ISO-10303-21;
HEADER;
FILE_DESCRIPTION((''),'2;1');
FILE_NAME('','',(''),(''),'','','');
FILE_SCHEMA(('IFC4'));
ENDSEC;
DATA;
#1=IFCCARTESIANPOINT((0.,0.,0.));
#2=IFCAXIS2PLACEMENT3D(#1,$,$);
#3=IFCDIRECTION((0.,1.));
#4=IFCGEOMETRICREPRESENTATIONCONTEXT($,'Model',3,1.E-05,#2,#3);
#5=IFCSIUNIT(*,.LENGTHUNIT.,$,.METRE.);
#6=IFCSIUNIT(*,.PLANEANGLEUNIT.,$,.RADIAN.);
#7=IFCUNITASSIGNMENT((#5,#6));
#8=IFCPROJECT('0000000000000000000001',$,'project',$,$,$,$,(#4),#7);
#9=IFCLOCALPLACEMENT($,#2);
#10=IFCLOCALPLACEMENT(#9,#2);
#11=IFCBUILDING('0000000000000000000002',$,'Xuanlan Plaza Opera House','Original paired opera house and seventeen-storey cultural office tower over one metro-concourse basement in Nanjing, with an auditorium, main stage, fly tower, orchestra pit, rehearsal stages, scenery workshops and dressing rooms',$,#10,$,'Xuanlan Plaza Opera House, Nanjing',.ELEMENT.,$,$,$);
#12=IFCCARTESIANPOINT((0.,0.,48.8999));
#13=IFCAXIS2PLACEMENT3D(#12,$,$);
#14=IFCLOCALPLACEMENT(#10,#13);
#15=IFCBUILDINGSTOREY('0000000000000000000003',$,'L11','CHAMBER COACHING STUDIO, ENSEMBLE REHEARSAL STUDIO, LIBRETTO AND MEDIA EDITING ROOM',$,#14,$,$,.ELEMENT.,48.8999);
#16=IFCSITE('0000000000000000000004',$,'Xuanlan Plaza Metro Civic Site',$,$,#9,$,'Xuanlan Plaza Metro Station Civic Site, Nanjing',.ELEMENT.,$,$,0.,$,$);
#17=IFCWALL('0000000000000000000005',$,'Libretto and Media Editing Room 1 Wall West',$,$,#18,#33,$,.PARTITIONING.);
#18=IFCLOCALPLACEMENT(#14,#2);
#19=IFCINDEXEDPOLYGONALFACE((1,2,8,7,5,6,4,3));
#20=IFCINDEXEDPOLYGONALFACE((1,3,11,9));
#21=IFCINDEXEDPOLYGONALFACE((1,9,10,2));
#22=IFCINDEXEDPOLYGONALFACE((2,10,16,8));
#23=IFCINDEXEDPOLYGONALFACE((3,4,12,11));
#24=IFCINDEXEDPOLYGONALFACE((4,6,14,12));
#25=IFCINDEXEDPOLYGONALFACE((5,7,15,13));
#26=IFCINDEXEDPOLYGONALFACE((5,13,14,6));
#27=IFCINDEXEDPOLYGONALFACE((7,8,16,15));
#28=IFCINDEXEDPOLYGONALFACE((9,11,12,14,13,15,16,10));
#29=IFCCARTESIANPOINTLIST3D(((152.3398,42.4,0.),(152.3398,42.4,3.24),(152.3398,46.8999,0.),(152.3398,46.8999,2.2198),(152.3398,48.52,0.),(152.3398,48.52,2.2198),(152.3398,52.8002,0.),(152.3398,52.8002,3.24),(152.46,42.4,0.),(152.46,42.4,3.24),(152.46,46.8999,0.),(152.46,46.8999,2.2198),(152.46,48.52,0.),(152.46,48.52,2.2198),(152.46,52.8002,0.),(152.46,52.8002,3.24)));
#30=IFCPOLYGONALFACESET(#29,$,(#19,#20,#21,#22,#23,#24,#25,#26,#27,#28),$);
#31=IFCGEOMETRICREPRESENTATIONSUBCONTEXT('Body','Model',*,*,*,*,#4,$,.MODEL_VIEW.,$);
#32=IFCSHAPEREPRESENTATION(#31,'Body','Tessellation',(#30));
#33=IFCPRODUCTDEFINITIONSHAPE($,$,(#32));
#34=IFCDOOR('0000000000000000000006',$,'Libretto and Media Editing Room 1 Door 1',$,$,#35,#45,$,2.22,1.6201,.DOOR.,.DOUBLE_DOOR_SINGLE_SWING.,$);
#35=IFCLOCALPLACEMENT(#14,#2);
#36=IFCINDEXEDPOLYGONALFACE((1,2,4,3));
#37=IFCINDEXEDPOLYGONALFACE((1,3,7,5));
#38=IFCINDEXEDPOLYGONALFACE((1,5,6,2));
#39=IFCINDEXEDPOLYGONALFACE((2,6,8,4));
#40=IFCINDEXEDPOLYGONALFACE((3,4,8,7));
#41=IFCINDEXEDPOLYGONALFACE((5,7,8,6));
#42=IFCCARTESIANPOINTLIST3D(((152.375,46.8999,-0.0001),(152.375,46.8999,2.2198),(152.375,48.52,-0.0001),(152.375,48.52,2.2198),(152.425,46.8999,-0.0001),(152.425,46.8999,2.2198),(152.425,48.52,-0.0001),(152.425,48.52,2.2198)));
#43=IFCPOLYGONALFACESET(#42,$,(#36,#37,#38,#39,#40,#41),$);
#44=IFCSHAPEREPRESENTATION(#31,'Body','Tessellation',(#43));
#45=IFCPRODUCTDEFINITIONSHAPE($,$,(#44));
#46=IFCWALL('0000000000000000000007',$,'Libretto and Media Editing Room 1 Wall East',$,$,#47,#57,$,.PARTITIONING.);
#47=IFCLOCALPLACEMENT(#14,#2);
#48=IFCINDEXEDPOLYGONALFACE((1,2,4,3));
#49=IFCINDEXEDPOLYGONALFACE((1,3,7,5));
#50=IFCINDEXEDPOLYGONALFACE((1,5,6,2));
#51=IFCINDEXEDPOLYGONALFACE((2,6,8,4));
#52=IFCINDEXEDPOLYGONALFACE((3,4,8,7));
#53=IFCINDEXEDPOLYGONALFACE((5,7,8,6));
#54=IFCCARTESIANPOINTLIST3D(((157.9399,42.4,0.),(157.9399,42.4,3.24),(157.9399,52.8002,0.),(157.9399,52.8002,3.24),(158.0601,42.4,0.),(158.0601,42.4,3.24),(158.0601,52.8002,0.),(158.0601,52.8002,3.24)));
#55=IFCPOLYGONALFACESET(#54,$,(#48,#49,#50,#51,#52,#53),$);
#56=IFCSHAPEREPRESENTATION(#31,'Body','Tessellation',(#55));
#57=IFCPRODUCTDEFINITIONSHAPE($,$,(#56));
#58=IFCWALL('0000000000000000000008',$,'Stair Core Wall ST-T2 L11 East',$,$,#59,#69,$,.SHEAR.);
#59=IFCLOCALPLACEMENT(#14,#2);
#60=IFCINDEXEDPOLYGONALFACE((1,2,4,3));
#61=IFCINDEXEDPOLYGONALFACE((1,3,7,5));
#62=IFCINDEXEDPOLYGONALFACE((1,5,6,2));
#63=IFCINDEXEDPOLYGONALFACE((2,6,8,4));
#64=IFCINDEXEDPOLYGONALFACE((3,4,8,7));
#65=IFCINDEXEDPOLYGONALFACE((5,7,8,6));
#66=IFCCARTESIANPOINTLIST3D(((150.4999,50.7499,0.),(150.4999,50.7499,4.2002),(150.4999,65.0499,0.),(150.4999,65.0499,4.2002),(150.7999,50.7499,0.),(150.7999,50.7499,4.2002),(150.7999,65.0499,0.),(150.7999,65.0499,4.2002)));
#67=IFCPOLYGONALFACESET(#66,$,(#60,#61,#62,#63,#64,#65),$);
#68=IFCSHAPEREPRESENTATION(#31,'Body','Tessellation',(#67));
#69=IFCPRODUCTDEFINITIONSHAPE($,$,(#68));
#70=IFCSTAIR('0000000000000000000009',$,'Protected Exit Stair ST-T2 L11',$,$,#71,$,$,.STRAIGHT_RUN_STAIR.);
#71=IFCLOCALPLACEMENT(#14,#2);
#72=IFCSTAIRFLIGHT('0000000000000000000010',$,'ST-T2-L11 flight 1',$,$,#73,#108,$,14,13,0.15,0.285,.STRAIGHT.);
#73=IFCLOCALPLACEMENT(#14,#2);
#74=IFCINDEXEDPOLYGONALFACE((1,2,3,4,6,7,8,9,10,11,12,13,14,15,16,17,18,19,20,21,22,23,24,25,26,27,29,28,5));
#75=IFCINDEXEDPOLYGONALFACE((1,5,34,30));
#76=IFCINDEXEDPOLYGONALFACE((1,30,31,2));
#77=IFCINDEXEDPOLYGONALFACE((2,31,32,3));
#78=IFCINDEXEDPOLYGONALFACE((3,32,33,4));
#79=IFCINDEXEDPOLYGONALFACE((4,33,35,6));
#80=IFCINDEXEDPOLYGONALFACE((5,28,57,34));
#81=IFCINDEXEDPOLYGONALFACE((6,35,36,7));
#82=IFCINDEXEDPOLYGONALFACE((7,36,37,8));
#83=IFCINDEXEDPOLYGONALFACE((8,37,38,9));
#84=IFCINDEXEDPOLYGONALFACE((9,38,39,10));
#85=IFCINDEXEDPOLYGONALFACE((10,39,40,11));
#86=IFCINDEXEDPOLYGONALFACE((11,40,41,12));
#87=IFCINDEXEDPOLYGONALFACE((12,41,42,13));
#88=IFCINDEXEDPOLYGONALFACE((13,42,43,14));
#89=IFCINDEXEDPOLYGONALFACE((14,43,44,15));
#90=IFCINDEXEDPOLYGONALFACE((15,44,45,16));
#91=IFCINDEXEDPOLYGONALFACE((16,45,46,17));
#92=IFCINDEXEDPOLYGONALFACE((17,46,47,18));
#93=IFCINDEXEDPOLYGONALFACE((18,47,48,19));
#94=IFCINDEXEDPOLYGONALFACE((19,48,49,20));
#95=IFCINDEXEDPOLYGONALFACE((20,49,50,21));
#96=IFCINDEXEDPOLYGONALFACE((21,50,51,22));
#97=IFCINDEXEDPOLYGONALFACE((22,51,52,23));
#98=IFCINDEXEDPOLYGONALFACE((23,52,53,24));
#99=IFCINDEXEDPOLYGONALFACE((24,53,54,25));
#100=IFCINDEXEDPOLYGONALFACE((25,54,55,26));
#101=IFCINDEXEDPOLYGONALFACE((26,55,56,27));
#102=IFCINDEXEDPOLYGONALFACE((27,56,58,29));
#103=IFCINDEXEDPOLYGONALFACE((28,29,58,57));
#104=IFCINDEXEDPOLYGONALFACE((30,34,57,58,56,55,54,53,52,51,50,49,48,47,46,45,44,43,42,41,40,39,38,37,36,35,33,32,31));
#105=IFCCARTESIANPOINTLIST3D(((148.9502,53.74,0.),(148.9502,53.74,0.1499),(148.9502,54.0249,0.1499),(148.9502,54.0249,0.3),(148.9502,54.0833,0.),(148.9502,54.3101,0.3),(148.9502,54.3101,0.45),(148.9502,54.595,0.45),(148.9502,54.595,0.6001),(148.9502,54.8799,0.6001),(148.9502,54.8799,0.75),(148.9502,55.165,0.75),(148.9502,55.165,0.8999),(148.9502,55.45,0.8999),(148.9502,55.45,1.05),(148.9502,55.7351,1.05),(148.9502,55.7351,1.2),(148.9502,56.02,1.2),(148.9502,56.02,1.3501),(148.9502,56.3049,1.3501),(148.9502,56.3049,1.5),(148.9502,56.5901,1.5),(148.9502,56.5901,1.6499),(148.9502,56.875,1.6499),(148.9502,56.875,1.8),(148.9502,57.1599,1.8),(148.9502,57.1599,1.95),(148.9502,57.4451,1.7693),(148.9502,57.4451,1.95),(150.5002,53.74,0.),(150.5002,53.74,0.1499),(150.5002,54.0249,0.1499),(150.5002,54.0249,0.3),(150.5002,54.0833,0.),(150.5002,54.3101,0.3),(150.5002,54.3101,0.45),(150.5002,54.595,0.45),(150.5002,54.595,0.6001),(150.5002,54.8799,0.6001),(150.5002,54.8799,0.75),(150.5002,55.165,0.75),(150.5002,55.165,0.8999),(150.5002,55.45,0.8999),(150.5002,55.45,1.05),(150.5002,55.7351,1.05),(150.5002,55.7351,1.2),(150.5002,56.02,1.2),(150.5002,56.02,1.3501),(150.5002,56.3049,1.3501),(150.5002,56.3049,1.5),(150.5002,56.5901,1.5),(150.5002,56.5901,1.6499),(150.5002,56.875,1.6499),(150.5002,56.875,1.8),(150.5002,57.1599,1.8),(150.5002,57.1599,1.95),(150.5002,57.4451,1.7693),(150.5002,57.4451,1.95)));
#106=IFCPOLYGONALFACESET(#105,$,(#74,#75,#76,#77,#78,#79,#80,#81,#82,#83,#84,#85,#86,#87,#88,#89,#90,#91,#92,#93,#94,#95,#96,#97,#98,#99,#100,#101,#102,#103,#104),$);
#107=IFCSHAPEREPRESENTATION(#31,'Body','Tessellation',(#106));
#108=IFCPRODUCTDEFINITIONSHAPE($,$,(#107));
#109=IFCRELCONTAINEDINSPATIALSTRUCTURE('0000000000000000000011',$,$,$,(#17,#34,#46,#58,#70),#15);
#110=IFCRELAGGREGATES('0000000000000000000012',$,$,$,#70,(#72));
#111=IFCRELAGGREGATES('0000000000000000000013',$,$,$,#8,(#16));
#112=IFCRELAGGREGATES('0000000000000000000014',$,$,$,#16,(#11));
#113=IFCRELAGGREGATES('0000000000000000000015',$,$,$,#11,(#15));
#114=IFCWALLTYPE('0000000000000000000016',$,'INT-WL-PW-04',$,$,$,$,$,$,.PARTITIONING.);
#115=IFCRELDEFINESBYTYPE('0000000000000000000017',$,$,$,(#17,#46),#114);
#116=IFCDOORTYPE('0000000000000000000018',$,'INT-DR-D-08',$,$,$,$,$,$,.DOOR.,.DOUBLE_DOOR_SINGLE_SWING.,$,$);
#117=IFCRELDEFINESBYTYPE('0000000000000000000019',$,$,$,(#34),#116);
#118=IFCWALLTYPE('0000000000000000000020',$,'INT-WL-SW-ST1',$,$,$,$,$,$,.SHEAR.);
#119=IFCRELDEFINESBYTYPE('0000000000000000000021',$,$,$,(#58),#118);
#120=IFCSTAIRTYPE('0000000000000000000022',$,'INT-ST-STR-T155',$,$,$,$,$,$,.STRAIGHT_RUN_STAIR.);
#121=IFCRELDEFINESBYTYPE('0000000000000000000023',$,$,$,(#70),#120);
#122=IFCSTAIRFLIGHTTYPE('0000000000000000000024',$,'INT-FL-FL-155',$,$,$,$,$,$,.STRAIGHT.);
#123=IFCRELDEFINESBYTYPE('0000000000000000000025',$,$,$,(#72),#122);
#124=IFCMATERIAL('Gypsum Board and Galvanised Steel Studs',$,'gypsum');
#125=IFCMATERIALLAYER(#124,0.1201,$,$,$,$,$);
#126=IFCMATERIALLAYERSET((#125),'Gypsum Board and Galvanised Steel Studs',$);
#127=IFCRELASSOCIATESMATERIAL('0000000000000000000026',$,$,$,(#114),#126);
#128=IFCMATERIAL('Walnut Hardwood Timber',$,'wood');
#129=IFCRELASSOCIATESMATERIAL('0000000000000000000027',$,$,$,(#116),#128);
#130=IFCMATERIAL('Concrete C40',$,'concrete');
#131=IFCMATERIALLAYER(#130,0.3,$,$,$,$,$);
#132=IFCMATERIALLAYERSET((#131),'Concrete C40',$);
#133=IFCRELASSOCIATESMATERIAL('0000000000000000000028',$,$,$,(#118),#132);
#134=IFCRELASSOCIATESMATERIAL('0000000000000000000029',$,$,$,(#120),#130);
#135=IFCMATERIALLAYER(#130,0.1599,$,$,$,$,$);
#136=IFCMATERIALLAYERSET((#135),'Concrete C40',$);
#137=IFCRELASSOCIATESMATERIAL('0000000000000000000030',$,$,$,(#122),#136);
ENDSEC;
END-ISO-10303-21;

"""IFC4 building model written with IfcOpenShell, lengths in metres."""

from ifc_helpers import new_model, si_unit, direction, frame, frame_2d, origin, place, context, subcontext, project, spatial, polyline, rectangle, outline, extrude, material, layer, layer_set, type_object, element, fill, aggregate, save


model = new_model("IFC4")

# Units and contexts
model_context = context("Model", 3, precision=1e-05, world=origin(), true_north=direction((0.0, 1.0)))
body_context = subcontext(model_context, "Body", "Model", "MODEL_VIEW")
ifc_project = project(units=[si_unit("LENGTHUNIT", "METRE"), si_unit("PLANEANGLEUNIT", "RADIAN")], contexts=[model_context])

# Site, building, storey
site_placement = place(None, origin())
site = spatial("IfcSite", under=ifc_project, at=site_placement, Name="Xuanlan Plaza Metro Civic Site", LongName="Xuanlan Plaza Metro Station Civic Site, Nanjing", CompositionType="ELEMENT", RefElevation=0.0)
building_placement = place(site_placement, origin())
building = spatial("IfcBuilding", under=site, at=building_placement, Name="Xuanlan Plaza Opera House", Description="Original paired opera house and seventeen-storey cultural office tower over one metro-concourse basement in Nanjing, with an auditorium, main stage, fly tower, orchestra pit, rehearsal stages, scenery workshops and dressing rooms", LongName="Xuanlan Plaza Opera House, Nanjing", CompositionType="ELEMENT")
storey_placement = place(building_placement, frame((0.0, 0.0, 48.8999)))
storey = spatial("IfcBuildingStorey", under=building, at=storey_placement, Name="L11", Description="CHAMBER COACHING STUDIO, ENSEMBLE REHEARSAL STUDIO, LIBRETTO AND MEDIA EDITING ROOM", CompositionType="ELEMENT", Elevation=48.8999)

# Shared definitions
ifc_material_1 = material(Name="Concrete C40", Category="concrete")

# Shared definitions
ifc_material_2 = material(Name="Gypsum Board and Galvanised Steel Studs", Category="gypsum")

# Shared definitions
ifc_layer_1 = layer(ifc_material_2, 0.1201)
ifc_layer_set_1 = layer_set([ifc_layer_1], Name="Gypsum Board and Galvanised Steel Studs")
wall_type_1 = type_object("IfcWallType", Name="INT-WL-PW-04", PredefinedType="PARTITIONING", material=ifc_layer_set_1)

# Wall, opening, door
wall_1_placement = place(storey_placement, frame((152.3999, 42.3999, 0.0), z_axis=(0.0, 0.0, 1.0), x_axis=(0.0, 1.0, 0.0)))
wall_1 = element("IfcWall", 1, at=wall_1_placement, inside=storey, type_object=wall_type_1, Name="Libretto and Media Editing Room 1 Wall West", PredefinedType="PARTITIONING", context=body_context, shape_type="SweptSolid", body=[
    extrude(rectangle(XDim=10.4001, YDim=0.1201, at=frame_2d((5.2002, 0.0))), origin(), (0.0, 0.0, 1.0), 3.24),
])
opening_1_placement = place(wall_1_placement, frame((4.5, 0.0, 0.0)))
opening_1 = element("IfcOpeningElement", 2, at=opening_1_placement, cuts=wall_1, PredefinedType="OPENING", context=body_context, shape_type="SweptSolid", body=[
    extrude(rectangle(XDim=1.6201, YDim=2.22, at=frame_2d((0.8101, 1.1099))), frame((0.0, 0.0701, 0.0), z_axis=(0.0, -1.0, 0.0), x_axis=(1.0, 0.0, 0.0)), (0.0, 0.0, 1.0), 0.1401),
])
ifc_material_3 = material(Name="Walnut Hardwood Timber", Category="wood")
door_type_1 = type_object("IfcDoorType", Name="INT-DR-D-08", OperationType="DOUBLE_DOOR_SINGLE_SWING", PredefinedType="DOOR", material=ifc_material_3)
door_1_placement = place(opening_1_placement, origin())
door_1 = element("IfcDoor", 3, at=door_1_placement, inside=storey, type_object=door_type_1, Name="Libretto and Media Editing Room 1 Door 1", OperationType="DOUBLE_DOOR_SINGLE_SWING", OverallHeight=2.22, OverallWidth=1.6201, PredefinedType="DOOR", context=body_context, shape_type="SweptSolid", body=[
    extrude(rectangle(XDim=1.6201, YDim=2.22, at=frame_2d((0.8101, 1.1099))), frame((0.0, 0.0249, 0.0), z_axis=(0.0, -1.0, 0.0), x_axis=(1.0, 0.0, 0.0)), (0.0, 0.0, 1.0), 0.05),
])
fill(opening_1, door_1)

# Walls
wall_2_placement = place(storey_placement, frame((158.0, 42.3999, 0.0), z_axis=(0.0, 0.0, 1.0), x_axis=(0.0, 1.0, 0.0)))
element("IfcWall", 4, at=wall_2_placement, inside=storey, type_object=wall_type_1, Name="Libretto and Media Editing Room 1 Wall East", PredefinedType="PARTITIONING", context=body_context, shape_type="SweptSolid", body=[
    extrude(rectangle(XDim=10.4001, YDim=0.1201, at=frame_2d((5.2002, 0.0))), origin(), (0.0, 0.0, 1.0), 3.24),
])
ifc_layer_2 = layer(ifc_material_1, 0.3)
ifc_layer_set_2 = layer_set([ifc_layer_2], Name="Concrete C40")
wall_type_2 = type_object("IfcWallType", Name="INT-WL-SW-ST1", PredefinedType="SHEAR", material=ifc_layer_set_2)
wall_3_placement = place(storey_placement, frame((150.6499, 50.75, 0.0), z_axis=(0.0, 0.0, 1.0), x_axis=(0.0, 1.0, 0.0)))
element("IfcWall", 5, at=wall_3_placement, inside=storey, type_object=wall_type_2, Name="Stair Core Wall ST-T2 L11 East", PredefinedType="SHEAR", context=body_context, shape_type="SweptSolid", body=[
    extrude(rectangle(XDim=14.3, YDim=0.3, at=frame_2d((7.1499, 0.0))), origin(), (0.0, 0.0, 1.0), 4.2002),
])

# Stair, stair flight
stair_type = type_object("IfcStairType", Name="INT-ST-STR-T155", PredefinedType="STRAIGHT_RUN_STAIR", material=ifc_material_1)
stair_placement = place(storey_placement, origin())
stair = element("IfcStair", 6, at=stair_placement, inside=storey, type_object=stair_type, Name="Protected Exit Stair ST-T2 L11", PredefinedType="STRAIGHT_RUN_STAIR")
ifc_layer_3 = layer(ifc_material_1, 0.1599)
ifc_layer_set_3 = layer_set([ifc_layer_3], Name="Concrete C40")
stair_flight_type = type_object("IfcStairFlightType", Name="INT-FL-FL-155", PredefinedType="STRAIGHT", material=ifc_layer_set_3)
stair_flight_placement = place(storey_placement, frame((149.7251, 53.74, 0.0), z_axis=(0.0, 0.0, 1.0), x_axis=(0.0, 1.0, 0.0)))
stair_flight = element("IfcStairFlight", 7, at=stair_flight_placement, type_object=stair_flight_type, Name="ST-T2-L11 flight 1", NumberOfRisers=14, NumberOfTreads=13, PredefinedType="STRAIGHT", RiserHeight=0.15, TreadLength=0.285, context=body_context, shape_type="SweptSolid", body=[
    extrude(outline(polyline([(0.0, 0.0), (0.0, 0.1499), (0.2849, 0.1499), (0.2849, 0.3), (0.5701, 0.3), (0.5701, 0.45), (0.855, 0.45), (0.855, 0.6001), (1.1399, 0.6001), (1.1399, 0.75), (1.425, 0.75), (1.425, 0.8999), (1.71, 0.8999), (1.71, 1.05), (1.9951, 1.05), (1.9951, 1.2), (2.28, 1.2), (2.28, 1.3501), (2.5649, 1.3501), (2.5649, 1.5), (2.8501, 1.5), (2.8501, 1.6499), (3.135, 1.6499), (3.135, 1.8), (3.4199, 1.8), (3.4199, 1.95), (3.7051, 1.95), (3.7051, 2.1001), (3.7051, 1.7693), (0.3433, 0.0), (0.0, 0.0)])), frame((0.0, 0.7749, 0.0), z_axis=(0.0, -1.0, 0.0), x_axis=(1.0, 0.0, 0.0)), (0.0, 0.0, 1.0), 1.55),
])
aggregate(stair, [stair_flight])

save(model, "model.ifc")
